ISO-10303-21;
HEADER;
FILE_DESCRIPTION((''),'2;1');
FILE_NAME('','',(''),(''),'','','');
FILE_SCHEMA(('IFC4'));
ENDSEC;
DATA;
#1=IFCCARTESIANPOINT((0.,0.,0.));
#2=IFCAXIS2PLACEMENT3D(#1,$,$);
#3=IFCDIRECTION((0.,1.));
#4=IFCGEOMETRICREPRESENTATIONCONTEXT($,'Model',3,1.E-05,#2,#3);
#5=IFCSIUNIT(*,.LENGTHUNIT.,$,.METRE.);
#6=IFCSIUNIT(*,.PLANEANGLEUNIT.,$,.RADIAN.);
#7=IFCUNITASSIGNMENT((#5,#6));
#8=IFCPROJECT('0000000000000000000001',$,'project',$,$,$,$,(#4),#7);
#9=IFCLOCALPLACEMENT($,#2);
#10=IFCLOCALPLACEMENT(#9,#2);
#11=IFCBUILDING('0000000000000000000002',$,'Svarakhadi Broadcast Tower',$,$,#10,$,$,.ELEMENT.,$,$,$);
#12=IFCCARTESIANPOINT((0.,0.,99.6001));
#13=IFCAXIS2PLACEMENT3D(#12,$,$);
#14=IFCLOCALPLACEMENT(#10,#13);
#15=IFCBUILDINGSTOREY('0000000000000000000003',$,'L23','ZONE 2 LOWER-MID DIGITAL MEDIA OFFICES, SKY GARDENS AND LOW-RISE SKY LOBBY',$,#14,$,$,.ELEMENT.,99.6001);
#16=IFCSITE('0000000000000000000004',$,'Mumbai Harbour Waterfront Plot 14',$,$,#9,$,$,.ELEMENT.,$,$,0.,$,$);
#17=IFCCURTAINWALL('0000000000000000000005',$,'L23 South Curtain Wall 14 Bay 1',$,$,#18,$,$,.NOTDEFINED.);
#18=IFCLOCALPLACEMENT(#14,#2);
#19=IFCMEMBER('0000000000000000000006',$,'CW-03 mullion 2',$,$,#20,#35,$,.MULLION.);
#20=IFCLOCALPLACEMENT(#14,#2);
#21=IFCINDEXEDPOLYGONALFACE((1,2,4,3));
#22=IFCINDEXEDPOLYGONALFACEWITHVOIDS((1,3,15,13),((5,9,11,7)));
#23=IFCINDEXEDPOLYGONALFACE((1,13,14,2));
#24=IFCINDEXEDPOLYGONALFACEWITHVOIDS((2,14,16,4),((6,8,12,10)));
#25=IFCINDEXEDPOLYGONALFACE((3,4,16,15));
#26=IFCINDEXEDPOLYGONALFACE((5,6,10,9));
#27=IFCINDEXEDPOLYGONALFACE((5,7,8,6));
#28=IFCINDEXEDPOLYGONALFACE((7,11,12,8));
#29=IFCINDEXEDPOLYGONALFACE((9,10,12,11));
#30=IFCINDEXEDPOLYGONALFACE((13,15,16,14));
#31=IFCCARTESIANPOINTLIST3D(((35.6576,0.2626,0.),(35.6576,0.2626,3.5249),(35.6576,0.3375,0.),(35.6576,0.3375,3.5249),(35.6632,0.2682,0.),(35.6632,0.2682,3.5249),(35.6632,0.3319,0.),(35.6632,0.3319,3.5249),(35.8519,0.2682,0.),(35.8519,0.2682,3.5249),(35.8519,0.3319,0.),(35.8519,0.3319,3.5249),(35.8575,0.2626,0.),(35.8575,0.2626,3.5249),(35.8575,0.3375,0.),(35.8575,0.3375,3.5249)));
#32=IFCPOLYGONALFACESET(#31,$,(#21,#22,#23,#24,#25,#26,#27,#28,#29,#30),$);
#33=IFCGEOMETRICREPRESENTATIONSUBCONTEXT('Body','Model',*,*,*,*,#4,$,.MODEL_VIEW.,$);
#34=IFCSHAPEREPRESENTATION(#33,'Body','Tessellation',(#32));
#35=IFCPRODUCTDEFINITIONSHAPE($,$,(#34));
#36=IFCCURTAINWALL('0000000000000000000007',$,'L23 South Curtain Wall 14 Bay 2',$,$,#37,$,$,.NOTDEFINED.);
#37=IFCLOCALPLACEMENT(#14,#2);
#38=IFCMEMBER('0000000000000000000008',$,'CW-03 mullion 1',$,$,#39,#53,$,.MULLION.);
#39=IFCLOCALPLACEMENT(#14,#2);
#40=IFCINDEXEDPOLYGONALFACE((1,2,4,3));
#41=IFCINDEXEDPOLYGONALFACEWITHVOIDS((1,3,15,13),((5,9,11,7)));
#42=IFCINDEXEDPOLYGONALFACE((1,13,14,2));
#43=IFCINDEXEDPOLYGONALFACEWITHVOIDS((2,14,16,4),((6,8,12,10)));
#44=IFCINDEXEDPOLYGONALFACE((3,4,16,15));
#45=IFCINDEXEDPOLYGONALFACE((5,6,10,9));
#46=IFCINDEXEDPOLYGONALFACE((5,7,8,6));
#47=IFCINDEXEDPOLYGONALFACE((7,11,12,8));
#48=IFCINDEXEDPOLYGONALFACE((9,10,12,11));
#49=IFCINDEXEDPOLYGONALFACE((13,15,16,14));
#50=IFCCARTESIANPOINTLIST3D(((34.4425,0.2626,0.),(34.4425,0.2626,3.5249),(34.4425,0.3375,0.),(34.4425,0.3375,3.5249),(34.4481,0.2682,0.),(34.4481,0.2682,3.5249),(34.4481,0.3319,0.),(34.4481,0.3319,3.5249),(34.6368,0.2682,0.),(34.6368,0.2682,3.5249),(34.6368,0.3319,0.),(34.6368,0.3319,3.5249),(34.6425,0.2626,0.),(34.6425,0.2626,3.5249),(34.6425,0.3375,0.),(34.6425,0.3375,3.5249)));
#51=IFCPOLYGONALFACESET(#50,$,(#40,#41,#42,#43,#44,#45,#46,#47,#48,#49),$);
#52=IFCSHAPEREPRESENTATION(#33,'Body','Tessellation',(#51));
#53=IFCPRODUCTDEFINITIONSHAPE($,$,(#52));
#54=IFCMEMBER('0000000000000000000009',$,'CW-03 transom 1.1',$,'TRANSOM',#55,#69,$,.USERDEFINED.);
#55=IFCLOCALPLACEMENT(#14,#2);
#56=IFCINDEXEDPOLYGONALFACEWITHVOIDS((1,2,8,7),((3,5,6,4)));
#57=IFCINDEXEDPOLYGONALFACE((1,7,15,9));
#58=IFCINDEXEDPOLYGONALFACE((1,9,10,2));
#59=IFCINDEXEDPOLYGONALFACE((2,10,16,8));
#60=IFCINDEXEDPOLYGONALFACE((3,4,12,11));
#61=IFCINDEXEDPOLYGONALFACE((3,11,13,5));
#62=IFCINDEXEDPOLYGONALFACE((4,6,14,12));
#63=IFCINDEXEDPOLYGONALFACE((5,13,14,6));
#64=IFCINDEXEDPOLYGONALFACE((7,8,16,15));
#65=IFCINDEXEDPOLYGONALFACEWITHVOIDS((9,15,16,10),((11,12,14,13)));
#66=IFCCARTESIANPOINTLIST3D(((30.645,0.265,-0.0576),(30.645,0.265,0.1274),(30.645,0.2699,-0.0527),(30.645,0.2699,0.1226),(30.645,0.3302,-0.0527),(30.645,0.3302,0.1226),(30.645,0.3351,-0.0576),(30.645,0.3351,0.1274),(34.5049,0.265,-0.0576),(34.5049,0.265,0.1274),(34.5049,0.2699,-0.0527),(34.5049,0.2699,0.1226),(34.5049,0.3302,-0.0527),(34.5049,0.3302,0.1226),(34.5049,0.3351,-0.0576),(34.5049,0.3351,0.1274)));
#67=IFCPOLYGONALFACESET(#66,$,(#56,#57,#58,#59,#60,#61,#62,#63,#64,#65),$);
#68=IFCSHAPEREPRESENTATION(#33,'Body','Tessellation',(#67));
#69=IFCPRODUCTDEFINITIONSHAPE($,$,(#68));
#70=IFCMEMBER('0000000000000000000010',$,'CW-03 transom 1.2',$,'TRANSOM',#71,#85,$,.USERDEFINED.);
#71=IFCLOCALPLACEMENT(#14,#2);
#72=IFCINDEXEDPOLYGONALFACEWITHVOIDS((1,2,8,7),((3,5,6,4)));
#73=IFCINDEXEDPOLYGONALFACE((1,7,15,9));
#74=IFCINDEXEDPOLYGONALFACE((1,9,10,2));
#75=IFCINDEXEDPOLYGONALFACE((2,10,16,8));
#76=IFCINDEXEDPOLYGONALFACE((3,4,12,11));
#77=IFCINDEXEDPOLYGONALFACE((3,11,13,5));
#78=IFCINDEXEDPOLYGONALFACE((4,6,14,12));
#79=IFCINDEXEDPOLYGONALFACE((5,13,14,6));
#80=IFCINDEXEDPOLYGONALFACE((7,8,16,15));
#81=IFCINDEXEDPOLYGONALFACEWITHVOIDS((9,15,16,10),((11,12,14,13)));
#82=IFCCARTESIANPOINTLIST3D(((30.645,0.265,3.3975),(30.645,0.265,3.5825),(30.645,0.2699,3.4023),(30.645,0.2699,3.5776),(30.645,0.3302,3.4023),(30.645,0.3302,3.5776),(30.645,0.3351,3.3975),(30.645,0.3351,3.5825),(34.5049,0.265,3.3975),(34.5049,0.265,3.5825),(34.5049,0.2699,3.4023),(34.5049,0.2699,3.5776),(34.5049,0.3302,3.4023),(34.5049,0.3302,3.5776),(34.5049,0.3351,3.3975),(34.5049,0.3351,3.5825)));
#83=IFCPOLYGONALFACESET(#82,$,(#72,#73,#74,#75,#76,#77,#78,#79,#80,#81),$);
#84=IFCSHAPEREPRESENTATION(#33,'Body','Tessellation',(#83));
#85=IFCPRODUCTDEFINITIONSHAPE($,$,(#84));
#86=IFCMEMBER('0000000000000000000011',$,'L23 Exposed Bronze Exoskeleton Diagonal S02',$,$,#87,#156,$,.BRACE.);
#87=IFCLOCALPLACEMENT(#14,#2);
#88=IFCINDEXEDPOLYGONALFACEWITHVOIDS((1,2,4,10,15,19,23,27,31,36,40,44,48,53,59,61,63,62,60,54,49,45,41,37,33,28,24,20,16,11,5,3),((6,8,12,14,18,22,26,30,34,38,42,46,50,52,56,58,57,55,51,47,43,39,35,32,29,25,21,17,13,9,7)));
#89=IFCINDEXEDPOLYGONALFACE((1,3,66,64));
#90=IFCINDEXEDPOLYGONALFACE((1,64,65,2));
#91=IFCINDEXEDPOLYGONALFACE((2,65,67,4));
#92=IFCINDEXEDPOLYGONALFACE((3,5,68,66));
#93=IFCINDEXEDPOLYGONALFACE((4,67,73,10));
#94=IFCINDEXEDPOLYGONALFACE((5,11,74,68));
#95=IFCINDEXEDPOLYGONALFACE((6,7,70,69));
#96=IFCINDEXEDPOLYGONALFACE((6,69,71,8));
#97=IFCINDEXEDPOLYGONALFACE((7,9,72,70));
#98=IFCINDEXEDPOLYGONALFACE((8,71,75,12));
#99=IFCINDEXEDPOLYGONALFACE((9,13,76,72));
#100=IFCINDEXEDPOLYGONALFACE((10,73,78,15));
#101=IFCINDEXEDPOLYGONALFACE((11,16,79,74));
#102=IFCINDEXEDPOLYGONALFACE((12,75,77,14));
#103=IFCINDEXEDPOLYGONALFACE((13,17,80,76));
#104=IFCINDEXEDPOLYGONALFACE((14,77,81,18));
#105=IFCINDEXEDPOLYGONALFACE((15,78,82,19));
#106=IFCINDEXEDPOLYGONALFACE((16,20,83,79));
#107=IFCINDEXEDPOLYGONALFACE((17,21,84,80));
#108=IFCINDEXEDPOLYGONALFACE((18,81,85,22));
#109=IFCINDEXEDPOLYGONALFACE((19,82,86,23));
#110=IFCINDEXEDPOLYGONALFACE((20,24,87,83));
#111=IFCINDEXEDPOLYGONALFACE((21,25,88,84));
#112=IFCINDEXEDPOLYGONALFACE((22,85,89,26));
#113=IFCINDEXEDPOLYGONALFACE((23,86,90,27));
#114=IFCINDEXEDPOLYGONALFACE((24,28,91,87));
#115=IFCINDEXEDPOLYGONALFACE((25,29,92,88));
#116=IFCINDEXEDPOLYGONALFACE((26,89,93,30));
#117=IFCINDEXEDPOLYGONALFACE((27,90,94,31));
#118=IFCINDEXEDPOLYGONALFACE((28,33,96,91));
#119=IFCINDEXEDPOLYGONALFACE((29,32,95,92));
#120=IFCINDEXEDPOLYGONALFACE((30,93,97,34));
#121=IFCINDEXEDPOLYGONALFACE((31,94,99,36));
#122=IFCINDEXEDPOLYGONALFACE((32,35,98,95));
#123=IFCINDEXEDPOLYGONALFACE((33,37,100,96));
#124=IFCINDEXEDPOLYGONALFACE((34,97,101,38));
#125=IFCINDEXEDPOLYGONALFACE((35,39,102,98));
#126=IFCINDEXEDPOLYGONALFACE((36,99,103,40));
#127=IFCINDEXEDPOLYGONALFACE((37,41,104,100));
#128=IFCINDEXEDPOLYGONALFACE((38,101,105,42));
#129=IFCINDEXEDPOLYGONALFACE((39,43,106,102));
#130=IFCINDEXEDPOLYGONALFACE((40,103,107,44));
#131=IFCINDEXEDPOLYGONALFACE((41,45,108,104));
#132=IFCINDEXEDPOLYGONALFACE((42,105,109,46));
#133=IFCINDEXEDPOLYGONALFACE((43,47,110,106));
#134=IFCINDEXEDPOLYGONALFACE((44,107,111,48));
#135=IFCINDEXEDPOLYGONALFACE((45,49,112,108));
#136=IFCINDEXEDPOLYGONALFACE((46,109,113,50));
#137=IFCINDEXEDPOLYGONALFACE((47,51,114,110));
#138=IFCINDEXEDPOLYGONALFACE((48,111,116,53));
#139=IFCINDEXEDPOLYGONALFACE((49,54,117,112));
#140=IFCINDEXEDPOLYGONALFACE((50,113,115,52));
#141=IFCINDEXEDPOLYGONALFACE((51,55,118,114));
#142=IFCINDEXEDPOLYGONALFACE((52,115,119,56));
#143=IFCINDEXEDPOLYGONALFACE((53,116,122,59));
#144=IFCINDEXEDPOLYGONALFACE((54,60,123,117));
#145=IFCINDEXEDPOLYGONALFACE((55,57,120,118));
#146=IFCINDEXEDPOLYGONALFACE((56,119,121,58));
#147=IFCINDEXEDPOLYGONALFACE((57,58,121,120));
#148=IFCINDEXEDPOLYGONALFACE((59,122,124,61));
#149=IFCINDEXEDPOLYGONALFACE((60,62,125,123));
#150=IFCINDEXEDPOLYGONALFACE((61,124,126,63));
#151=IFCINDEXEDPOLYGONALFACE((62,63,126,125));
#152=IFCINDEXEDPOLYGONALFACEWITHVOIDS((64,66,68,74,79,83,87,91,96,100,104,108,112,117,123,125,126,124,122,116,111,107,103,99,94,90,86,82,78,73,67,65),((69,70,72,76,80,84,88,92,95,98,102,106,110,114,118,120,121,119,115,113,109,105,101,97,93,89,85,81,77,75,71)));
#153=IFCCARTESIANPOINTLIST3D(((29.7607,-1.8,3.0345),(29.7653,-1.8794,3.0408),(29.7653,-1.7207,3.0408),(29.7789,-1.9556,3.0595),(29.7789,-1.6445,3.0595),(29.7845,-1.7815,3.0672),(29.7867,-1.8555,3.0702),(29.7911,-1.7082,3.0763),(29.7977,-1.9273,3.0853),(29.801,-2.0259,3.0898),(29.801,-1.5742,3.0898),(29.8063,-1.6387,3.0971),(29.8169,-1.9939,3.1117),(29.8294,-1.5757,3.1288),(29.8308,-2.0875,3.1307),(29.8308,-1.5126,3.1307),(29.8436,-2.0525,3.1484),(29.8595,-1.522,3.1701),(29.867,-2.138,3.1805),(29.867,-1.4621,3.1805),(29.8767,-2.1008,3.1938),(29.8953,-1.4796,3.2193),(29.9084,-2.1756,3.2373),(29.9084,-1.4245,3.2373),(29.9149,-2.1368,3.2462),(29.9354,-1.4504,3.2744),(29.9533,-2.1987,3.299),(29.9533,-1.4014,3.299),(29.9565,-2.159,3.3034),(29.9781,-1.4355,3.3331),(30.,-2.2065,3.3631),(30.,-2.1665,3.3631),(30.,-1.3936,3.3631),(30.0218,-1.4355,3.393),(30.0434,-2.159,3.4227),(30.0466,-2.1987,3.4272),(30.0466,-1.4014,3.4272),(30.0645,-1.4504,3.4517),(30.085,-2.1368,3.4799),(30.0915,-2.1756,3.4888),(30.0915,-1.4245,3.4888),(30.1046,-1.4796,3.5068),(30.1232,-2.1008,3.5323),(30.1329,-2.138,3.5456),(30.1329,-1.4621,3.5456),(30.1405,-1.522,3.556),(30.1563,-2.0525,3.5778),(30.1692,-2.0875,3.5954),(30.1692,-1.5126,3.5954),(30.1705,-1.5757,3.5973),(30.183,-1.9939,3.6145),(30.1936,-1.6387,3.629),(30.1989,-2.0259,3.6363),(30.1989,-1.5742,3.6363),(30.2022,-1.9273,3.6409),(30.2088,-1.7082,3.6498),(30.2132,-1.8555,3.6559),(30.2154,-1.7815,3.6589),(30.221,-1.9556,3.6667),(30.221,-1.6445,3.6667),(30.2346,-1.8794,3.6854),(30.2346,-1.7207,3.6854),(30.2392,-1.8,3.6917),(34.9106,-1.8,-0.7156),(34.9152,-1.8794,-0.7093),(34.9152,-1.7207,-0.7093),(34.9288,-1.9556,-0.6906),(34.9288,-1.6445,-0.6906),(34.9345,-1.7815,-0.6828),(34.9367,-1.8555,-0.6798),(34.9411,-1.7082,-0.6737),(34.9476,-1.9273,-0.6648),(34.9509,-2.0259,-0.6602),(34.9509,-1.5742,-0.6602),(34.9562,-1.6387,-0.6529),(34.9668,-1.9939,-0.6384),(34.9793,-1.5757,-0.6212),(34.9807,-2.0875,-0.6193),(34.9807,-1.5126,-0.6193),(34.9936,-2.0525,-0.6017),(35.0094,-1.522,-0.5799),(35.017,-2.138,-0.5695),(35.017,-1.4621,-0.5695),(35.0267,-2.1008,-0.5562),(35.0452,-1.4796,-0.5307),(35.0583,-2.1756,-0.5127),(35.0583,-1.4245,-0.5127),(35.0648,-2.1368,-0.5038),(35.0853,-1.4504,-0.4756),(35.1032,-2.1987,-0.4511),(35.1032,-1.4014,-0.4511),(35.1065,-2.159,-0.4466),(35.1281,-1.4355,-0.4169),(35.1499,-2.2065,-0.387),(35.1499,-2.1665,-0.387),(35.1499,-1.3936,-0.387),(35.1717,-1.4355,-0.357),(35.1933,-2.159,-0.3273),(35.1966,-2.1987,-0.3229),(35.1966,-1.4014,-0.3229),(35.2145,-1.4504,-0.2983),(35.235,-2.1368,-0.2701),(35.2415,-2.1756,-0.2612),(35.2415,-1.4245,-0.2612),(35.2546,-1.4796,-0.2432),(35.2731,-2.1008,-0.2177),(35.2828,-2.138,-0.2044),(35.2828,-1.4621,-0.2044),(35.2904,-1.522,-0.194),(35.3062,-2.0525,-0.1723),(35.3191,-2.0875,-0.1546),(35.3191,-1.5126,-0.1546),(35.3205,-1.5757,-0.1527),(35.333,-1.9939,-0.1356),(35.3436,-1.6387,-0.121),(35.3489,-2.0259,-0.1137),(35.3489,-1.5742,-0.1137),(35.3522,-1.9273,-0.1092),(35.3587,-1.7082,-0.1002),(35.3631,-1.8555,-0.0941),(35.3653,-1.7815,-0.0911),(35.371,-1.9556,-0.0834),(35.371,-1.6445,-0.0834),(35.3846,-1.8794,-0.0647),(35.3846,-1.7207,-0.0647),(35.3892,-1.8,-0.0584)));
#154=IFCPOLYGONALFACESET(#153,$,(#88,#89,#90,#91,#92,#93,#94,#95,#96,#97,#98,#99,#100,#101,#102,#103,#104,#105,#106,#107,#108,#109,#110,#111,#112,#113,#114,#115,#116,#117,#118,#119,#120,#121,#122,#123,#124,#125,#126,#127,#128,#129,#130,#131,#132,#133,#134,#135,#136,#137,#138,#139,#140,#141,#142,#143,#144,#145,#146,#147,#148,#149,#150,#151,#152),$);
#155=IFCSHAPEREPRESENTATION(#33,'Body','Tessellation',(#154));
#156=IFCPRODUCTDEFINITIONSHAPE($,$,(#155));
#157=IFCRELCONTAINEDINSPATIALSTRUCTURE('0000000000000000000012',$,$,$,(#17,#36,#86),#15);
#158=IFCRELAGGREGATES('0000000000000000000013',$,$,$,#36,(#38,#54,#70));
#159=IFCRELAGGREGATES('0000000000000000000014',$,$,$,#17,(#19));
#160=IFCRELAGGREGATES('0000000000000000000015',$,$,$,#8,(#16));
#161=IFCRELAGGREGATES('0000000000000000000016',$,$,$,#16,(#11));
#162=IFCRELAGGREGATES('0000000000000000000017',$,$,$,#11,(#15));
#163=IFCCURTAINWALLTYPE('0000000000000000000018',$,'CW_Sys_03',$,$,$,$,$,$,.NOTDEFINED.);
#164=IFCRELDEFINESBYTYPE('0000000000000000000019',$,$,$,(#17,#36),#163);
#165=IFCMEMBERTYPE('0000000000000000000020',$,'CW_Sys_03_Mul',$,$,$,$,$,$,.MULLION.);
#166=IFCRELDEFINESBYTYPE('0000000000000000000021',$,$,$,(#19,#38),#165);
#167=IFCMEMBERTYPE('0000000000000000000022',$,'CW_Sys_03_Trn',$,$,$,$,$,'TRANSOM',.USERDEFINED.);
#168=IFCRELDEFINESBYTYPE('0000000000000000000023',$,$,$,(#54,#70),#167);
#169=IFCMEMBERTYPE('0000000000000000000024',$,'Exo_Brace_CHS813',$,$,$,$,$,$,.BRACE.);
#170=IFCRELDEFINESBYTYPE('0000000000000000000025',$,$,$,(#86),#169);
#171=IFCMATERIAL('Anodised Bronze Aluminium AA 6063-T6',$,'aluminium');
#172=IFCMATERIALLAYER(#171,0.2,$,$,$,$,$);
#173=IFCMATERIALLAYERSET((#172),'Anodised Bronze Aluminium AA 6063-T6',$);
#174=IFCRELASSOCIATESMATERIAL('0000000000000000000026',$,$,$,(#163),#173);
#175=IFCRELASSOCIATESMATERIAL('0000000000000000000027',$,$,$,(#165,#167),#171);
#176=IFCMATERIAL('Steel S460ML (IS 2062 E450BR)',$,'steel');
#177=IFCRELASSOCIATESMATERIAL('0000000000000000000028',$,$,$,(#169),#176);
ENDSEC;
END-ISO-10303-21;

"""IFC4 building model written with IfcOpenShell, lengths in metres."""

from ifc_helpers import new_model, si_unit, direction, frame, origin, origin_2d, place, context, subcontext, project, spatial, hollow_rectangle, hollow_circle, extrude, material, layer, layer_set, material_profile, profile_set, type_object, element, aggregate, save


model = new_model("IFC4")

# Units and contexts
model_context = context("Model", 3, precision=1e-05, world=origin(), true_north=direction((0.0, 1.0)))
body_context = subcontext(model_context, "Body", "Model", "MODEL_VIEW")
ifc_project = project(units=[si_unit("LENGTHUNIT", "METRE"), si_unit("PLANEANGLEUNIT", "RADIAN")], contexts=[model_context])

# Site, building, storey
site_placement = place(None, origin())
site = spatial("IfcSite", under=ifc_project, at=site_placement, Name="Mumbai Harbour Waterfront Plot 14", CompositionType="ELEMENT", RefElevation=0.0)
building_placement = place(site_placement, origin())
building = spatial("IfcBuilding", under=site, at=building_placement, Name="Svarakhadi Broadcast Tower", CompositionType="ELEMENT")
storey_placement = place(building_placement, frame((0.0, 0.0, 99.6001)))
storey = spatial("IfcBuildingStorey", under=building, at=storey_placement, Name="L23", Description="ZONE 2 LOWER-MID DIGITAL MEDIA OFFICES, SKY GARDENS AND LOW-RISE SKY LOBBY", CompositionType="ELEMENT", Elevation=99.6001)

# Shared definitions
ifc_material_1 = material(Name="Steel S460ML (IS 2062 E450BR)", Category="steel")

# Curtain wall, member
ifc_material_2 = material(Name="Anodised Bronze Aluminium AA 6063-T6", Category="aluminium")
ifc_layer_1 = layer(ifc_material_2, 0.2)
ifc_layer_set_1 = layer_set([ifc_layer_1], Name="Anodised Bronze Aluminium AA 6063-T6")
curtain_wall_type = type_object("IfcCurtainWallType", Name="CW_Sys_03", PredefinedType="NOTDEFINED", material=ifc_layer_set_1)
curtain_wall_1_placement = place(storey_placement, origin())
curtain_wall_1 = element("IfcCurtainWall", 1, at=curtain_wall_1_placement, inside=storey, type_object=curtain_wall_type, Name="L23 South Curtain Wall 14 Bay 1", PredefinedType="NOTDEFINED")
ifc_material_profile_1 = material_profile(ifc_material_2, hollow_rectangle(XDim=0.075, YDim=0.2, WallThickness=0.0056, at=origin_2d()), Name="ALU MULLION 200x75x6")
ifc_profile_set_1 = profile_set([ifc_material_profile_1], Name="Anodised Bronze Aluminium AA 6063-T6")
member_type_1 = type_object("IfcMemberType", Name="CW_Sys_03_Mul", PredefinedType="MULLION", material=ifc_profile_set_1)
member_1_placement = place(storey_placement, frame((35.7576, 0.3, 0.0), z_axis=(0.0, 0.0, 1.0), x_axis=(0.0, -1.0, 0.0)))
member_1 = element("IfcMember", 2, at=member_1_placement, type_object=member_type_1, Name="CW-03 mullion 2", PredefinedType="MULLION", context=body_context, shape_type="SweptSolid", body=[
    extrude(hollow_rectangle(XDim=0.075, YDim=0.2, WallThickness=0.0056, at=origin_2d()), origin(), (0.0, 0.0, 1.0), 3.5249),
])

# Curtain wall, members
curtain_wall_2_placement = place(storey_placement, origin())
curtain_wall_2 = element("IfcCurtainWall", 3, at=curtain_wall_2_placement, inside=storey, type_object=curtain_wall_type, Name="L23 South Curtain Wall 14 Bay 2", PredefinedType="NOTDEFINED")
member_2_placement = place(storey_placement, frame((34.5425, 0.3, 0.0), z_axis=(0.0, 0.0, 1.0), x_axis=(0.0, -1.0, 0.0)))
member_2 = element("IfcMember", 4, at=member_2_placement, type_object=member_type_1, Name="CW-03 mullion 1", PredefinedType="MULLION", context=body_context, shape_type="SweptSolid", body=[
    extrude(hollow_rectangle(XDim=0.075, YDim=0.2, WallThickness=0.0056, at=origin_2d()), origin(), (0.0, 0.0, 1.0), 3.5249),
])
ifc_material_profile_2 = material_profile(ifc_material_2, hollow_rectangle(XDim=0.0701, YDim=0.1851, WallThickness=0.0049, at=origin_2d()), Name="ALU TRANSOM 185x70x5")
ifc_profile_set_2 = profile_set([ifc_material_profile_2], Name="Anodised Bronze Aluminium AA 6063-T6")
member_type_2 = type_object("IfcMemberType", Name="CW_Sys_03_Trn", ElementType="TRANSOM", PredefinedType="USERDEFINED", material=ifc_profile_set_2)
member_3_placement = place(storey_placement, frame((34.5049, 0.3, 0.0349), z_axis=(-1.0, 0.0, 0.0), x_axis=(0.0, -1.0, 0.0)))
member_3 = element("IfcMember", 5, at=member_3_placement, type_object=member_type_2, Name="CW-03 transom 1.1", ObjectType="TRANSOM", PredefinedType="USERDEFINED", context=body_context, shape_type="SweptSolid", body=[
    extrude(hollow_rectangle(XDim=0.0701, YDim=0.1851, WallThickness=0.0049, at=origin_2d()), origin(), (0.0, 0.0, 1.0), 3.8599),
])
member_4_placement = place(storey_placement, frame((34.5049, 0.3, 3.49), z_axis=(-1.0, 0.0, 0.0), x_axis=(0.0, -1.0, 0.0)))
member_4 = element("IfcMember", 6, at=member_4_placement, type_object=member_type_2, Name="CW-03 transom 1.2", ObjectType="TRANSOM", PredefinedType="USERDEFINED", context=body_context, shape_type="SweptSolid", body=[
    extrude(hollow_rectangle(XDim=0.0701, YDim=0.1851, WallThickness=0.0049, at=origin_2d()), origin(), (0.0, 0.0, 1.0), 3.8599),
])
aggregate(curtain_wall_2, [member_2, member_3, member_4])

# Member
ifc_material_profile_3 = material_profile(ifc_material_1, hollow_circle(Radius=0.4065, WallThickness=0.04, at=origin_2d()), Name="CHS 813x40")
ifc_profile_set_3 = profile_set([ifc_material_profile_3], Name="Steel S460ML (IS 2062 E450BR)")
member_type_3 = type_object("IfcMemberType", Name="Exo_Brace_CHS813", PredefinedType="BRACE", material=ifc_profile_set_3)
member_5_placement = place(storey_placement, frame((35.1499, -1.8, -0.387), z_axis=(-0.808391, 0.0, 0.588646), x_axis=(0.0, -1.0, 0.0)))
element("IfcMember", 7, at=member_5_placement, inside=storey, type_object=member_type_3, Name="L23 Exposed Bronze Exoskeleton Diagonal S02", PredefinedType="BRACE", context=body_context, shape_type="SweptSolid", body=[
    extrude(hollow_circle(Radius=0.4065, WallThickness=0.04, at=origin_2d()), origin(), (0.0, 0.0, 1.0), 6.3706),
])

aggregate(curtain_wall_1, [member_1])

save(model, "model.ifc")
